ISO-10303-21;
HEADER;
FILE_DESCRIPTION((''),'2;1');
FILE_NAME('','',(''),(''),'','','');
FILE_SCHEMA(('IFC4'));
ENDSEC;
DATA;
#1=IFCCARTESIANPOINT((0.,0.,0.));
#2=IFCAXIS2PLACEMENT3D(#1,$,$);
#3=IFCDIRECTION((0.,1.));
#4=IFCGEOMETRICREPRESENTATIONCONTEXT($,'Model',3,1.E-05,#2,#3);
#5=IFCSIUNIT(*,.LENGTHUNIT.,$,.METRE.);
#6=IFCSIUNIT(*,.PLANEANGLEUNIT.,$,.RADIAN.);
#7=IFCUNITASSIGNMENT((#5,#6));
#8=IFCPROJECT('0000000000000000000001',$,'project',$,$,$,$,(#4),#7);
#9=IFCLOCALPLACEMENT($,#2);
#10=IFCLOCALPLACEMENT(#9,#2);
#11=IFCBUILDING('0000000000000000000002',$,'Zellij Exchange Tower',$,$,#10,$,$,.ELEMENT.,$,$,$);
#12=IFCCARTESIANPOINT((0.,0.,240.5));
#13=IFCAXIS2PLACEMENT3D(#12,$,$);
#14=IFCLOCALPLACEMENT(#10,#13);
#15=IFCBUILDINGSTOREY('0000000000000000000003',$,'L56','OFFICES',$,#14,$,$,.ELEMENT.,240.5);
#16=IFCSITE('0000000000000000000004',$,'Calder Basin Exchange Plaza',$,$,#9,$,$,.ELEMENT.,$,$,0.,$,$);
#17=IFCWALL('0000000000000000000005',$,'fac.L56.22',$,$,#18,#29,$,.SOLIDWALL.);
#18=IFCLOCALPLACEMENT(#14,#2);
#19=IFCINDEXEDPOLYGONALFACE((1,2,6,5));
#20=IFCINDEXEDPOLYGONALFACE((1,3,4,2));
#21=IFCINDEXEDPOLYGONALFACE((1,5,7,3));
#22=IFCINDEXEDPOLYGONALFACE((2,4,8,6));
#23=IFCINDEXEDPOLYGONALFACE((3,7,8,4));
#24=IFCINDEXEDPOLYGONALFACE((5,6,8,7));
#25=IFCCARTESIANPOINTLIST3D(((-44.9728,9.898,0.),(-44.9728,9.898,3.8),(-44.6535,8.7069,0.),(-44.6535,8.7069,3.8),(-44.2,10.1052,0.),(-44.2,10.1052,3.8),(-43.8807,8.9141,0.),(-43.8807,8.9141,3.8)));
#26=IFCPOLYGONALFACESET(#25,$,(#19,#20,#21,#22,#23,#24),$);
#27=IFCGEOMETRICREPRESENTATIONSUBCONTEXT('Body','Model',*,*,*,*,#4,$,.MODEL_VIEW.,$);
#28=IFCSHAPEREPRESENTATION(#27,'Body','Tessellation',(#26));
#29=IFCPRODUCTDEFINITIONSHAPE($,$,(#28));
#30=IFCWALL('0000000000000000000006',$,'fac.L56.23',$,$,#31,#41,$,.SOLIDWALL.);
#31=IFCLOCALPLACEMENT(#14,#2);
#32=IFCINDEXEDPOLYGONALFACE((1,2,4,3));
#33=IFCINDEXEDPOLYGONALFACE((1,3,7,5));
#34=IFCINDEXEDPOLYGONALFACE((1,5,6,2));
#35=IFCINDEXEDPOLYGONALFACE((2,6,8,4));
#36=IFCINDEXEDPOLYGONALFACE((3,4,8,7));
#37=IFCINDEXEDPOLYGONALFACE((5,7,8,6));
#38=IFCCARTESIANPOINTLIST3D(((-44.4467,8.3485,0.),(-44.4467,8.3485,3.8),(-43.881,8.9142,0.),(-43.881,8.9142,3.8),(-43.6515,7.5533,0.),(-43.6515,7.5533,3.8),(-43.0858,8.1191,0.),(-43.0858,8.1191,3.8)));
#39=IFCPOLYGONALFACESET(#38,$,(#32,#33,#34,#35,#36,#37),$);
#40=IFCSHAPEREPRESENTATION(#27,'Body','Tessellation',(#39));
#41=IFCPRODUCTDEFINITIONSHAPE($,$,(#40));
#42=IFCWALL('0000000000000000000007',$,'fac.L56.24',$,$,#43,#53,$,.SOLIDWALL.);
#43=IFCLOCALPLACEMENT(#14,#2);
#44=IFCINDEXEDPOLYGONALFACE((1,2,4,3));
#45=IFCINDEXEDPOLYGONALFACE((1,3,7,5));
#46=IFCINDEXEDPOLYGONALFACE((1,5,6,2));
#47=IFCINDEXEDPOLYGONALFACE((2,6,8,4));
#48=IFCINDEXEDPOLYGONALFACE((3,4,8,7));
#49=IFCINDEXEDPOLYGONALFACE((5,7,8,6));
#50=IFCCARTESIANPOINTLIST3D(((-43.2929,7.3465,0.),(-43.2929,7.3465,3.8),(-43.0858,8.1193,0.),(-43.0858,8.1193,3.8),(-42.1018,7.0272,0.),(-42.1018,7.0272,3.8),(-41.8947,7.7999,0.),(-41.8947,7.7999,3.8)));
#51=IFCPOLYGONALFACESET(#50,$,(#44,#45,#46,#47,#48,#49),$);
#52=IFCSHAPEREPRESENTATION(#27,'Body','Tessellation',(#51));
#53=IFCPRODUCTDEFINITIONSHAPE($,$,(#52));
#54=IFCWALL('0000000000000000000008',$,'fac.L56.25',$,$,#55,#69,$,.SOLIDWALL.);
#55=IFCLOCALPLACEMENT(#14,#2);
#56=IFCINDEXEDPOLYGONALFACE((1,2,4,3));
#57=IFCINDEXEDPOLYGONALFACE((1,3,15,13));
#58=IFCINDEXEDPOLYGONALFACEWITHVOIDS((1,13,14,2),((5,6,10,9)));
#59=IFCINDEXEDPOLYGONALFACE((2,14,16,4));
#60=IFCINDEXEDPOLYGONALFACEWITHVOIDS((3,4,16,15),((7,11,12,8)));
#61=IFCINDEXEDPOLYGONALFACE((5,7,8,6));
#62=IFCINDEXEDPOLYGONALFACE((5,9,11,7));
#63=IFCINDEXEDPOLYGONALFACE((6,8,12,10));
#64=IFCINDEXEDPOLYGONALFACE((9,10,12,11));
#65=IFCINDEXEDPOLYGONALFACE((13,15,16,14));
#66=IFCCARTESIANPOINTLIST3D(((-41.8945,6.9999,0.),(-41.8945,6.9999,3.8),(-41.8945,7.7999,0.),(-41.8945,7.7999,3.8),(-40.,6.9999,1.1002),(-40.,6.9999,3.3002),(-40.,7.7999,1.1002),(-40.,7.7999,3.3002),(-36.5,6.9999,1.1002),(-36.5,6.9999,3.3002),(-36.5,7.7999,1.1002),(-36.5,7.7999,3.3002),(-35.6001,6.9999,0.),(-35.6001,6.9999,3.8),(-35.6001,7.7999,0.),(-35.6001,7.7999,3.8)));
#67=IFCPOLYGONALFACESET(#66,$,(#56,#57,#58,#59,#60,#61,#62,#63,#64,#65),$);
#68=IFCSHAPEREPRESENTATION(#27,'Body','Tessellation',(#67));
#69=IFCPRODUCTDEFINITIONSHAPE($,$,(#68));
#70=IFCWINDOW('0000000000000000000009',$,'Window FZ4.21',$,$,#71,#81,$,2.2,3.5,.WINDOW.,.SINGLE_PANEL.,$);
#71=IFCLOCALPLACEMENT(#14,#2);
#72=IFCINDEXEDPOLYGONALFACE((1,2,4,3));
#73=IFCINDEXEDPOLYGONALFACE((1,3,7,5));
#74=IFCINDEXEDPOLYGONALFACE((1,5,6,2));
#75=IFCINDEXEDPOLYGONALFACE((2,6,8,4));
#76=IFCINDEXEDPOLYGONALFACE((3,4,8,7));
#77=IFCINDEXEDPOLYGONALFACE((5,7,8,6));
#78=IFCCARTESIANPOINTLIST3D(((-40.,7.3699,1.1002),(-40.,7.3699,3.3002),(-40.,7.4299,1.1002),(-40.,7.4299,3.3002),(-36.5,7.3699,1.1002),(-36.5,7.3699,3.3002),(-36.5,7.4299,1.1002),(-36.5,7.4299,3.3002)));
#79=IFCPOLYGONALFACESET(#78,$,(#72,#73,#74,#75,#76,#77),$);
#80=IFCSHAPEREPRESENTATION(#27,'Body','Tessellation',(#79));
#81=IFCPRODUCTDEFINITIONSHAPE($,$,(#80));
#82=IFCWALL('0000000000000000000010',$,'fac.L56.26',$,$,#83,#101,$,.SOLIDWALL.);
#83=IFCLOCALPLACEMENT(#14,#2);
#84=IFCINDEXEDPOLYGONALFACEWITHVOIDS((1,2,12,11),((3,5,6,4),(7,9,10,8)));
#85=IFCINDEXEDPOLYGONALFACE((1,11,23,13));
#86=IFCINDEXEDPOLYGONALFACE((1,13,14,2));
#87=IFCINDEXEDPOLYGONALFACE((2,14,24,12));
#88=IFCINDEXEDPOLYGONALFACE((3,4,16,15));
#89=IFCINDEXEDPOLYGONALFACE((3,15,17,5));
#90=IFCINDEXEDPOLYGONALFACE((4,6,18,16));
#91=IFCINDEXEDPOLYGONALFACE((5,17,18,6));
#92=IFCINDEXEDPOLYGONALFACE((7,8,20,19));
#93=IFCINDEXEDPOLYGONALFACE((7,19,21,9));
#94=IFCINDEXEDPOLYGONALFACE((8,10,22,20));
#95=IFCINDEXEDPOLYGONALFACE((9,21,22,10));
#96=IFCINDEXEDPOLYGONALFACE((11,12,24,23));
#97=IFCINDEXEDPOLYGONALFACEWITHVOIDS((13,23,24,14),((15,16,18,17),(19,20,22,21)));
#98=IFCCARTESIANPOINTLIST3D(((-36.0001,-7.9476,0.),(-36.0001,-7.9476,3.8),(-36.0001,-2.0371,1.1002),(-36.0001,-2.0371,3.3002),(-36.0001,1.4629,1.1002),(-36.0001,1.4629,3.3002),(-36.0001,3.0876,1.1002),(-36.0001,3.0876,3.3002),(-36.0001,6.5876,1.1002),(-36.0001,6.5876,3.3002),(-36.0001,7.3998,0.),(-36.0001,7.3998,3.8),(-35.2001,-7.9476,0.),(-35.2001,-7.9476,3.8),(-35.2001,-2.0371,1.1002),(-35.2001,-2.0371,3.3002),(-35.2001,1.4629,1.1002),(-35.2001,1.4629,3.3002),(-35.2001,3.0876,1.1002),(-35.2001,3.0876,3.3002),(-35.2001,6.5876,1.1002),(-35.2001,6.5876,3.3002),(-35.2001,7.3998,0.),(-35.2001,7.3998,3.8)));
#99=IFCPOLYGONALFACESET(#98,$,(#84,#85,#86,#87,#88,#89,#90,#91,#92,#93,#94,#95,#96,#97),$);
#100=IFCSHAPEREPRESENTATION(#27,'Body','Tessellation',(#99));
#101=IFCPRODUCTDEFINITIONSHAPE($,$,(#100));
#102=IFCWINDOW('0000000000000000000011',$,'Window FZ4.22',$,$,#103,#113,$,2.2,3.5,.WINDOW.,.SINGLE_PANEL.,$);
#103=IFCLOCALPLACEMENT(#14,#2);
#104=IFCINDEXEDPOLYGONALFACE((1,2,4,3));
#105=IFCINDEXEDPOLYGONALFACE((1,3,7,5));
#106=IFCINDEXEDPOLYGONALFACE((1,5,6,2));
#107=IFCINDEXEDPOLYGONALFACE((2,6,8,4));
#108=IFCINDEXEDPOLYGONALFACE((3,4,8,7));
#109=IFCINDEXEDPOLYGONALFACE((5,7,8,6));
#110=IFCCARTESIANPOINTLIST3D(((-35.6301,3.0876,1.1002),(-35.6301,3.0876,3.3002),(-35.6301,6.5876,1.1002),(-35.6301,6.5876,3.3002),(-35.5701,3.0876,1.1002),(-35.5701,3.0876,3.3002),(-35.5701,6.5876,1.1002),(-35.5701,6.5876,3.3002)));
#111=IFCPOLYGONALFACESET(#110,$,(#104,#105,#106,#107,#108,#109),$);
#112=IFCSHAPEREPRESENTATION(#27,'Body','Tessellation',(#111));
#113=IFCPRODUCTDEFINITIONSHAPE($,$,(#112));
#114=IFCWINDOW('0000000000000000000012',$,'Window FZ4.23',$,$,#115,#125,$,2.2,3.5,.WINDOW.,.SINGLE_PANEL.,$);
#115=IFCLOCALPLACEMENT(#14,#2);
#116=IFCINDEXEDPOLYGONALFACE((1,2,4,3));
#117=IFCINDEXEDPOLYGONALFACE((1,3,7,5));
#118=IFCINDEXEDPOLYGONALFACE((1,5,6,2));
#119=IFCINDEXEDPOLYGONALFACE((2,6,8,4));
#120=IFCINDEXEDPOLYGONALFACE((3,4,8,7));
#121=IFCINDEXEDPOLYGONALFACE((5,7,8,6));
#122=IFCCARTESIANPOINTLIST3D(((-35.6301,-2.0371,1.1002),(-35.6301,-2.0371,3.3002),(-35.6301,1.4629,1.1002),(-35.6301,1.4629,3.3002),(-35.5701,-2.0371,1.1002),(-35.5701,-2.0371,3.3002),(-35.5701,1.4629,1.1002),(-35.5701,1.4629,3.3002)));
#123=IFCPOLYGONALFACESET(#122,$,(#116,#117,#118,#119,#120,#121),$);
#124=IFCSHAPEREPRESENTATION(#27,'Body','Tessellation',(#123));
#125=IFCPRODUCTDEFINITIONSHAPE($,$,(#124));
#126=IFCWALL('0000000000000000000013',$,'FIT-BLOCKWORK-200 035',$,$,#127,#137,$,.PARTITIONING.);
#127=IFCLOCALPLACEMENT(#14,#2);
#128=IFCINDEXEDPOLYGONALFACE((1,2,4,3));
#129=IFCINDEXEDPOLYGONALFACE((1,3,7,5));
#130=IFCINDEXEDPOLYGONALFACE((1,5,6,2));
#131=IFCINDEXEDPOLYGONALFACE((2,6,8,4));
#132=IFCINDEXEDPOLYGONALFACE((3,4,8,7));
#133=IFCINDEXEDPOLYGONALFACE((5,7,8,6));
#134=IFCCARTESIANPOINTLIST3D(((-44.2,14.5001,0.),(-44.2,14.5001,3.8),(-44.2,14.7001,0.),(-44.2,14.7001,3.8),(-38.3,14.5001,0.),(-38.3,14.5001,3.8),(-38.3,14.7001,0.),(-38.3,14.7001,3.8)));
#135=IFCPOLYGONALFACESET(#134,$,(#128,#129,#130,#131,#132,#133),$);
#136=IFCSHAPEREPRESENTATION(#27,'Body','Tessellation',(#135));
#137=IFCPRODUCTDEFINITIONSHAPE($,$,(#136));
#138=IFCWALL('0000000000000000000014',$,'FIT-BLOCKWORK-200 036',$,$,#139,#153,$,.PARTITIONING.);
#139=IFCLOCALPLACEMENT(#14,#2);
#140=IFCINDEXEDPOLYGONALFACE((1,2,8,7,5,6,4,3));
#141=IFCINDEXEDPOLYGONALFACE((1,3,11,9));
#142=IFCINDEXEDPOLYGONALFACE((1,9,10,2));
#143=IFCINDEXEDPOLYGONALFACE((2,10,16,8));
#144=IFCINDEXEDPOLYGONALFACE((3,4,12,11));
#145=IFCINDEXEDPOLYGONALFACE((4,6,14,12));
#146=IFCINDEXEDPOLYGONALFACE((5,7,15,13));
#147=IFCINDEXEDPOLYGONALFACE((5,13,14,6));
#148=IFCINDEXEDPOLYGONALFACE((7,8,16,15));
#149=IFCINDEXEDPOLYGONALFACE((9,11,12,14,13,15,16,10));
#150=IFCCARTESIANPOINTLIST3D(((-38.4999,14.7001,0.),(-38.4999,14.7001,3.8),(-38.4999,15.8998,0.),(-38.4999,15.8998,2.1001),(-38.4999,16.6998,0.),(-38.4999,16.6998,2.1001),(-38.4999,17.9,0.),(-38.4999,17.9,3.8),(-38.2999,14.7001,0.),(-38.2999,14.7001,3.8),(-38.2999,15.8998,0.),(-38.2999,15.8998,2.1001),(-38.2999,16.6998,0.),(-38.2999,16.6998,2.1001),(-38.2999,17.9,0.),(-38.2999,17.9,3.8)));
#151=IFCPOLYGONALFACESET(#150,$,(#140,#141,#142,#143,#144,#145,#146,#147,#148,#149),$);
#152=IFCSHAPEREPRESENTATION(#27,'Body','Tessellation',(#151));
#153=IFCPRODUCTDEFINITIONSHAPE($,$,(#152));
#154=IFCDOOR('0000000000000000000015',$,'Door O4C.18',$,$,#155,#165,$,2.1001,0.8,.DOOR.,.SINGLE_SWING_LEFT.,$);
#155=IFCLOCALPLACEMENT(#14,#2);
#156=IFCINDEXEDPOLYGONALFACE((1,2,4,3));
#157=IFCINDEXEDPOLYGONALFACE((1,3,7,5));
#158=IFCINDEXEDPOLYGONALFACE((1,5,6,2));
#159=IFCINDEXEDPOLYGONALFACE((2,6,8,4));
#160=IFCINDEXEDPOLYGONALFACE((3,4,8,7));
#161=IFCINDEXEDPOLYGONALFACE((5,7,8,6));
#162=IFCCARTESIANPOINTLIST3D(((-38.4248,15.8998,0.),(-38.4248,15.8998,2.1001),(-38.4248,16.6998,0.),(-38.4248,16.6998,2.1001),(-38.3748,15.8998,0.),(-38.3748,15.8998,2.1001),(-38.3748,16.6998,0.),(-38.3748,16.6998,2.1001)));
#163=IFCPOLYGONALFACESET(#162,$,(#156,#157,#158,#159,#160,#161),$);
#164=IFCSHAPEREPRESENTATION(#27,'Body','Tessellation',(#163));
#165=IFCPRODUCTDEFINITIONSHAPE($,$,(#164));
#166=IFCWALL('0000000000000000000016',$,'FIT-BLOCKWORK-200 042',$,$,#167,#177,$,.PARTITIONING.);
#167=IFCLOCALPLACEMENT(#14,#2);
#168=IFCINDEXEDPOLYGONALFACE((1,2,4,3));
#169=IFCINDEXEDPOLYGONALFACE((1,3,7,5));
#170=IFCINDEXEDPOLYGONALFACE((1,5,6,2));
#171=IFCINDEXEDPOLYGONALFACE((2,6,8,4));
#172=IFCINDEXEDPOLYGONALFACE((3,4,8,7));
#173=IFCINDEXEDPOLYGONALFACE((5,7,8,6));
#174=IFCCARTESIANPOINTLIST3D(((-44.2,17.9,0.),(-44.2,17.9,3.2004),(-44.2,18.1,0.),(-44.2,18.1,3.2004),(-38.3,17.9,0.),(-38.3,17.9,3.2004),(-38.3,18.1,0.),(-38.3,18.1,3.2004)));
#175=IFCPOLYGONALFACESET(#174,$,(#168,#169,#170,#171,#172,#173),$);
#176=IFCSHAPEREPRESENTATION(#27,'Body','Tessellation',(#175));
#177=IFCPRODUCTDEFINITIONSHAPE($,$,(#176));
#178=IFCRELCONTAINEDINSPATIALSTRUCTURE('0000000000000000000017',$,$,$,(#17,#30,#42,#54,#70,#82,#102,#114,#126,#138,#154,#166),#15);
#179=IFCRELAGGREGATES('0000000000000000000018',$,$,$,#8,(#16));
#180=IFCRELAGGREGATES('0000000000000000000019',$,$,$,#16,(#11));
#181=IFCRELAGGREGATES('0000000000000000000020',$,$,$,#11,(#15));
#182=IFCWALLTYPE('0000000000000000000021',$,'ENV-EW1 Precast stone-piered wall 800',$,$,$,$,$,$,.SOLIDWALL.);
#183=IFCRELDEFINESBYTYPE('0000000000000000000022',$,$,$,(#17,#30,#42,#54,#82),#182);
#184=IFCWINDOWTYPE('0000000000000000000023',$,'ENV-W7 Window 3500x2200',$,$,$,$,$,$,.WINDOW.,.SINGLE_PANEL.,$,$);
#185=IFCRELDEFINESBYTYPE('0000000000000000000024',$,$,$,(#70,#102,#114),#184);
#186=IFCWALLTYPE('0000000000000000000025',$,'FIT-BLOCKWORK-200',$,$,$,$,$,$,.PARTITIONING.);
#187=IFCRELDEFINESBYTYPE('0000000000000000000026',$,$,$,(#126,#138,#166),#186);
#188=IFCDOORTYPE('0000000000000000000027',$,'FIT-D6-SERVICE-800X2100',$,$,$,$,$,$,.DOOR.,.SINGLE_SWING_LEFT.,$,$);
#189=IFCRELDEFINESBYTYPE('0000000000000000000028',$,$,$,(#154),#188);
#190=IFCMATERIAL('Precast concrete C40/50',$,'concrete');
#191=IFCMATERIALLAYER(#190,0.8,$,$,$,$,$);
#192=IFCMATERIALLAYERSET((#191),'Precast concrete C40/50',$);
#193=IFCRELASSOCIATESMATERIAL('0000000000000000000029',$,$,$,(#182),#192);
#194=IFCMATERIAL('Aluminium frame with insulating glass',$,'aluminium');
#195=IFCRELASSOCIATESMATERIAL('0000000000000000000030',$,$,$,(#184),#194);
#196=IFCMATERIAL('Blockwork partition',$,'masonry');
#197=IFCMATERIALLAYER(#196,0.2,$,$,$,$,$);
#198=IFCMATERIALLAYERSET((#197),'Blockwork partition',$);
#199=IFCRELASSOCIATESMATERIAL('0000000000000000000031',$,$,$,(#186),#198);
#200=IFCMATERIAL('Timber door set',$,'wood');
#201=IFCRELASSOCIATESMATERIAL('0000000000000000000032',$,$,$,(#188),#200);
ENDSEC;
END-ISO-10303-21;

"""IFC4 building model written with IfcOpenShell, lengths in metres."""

from ifc_helpers import new_model, si_unit, direction, frame, frame_2d, origin, place, context, subcontext, project, spatial, rectangle, extrude, material, layer, layer_set, type_object, element, fill, save


model = new_model("IFC4")

# Units and contexts
model_context = context("Model", 3, precision=1e-05, world=origin(), true_north=direction((0.0, 1.0)))
body_context = subcontext(model_context, "Body", "Model", "MODEL_VIEW")
ifc_project = project(units=[si_unit("LENGTHUNIT", "METRE"), si_unit("PLANEANGLEUNIT", "RADIAN")], contexts=[model_context])

# Site, building, storey
site_placement = place(None, origin())
site = spatial("IfcSite", under=ifc_project, at=site_placement, Name="Calder Basin Exchange Plaza", CompositionType="ELEMENT", RefElevation=0.0)
building_placement = place(site_placement, origin())
building = spatial("IfcBuilding", under=site, at=building_placement, Name="Zellij Exchange Tower", CompositionType="ELEMENT")
storey_placement = place(building_placement, frame((0.0, 0.0, 240.5)))
storey = spatial("IfcBuildingStorey", under=building, at=storey_placement, Name="L56", Description="OFFICES", CompositionType="ELEMENT", Elevation=240.5)

# Walls
ifc_material_1 = material(Name="Precast concrete C40/50", Category="concrete")
ifc_layer_1 = layer(ifc_material_1, 0.8)
ifc_layer_set_1 = layer_set([ifc_layer_1], Name="Precast concrete C40/50")
wall_type_1 = type_object("IfcWallType", Name="ENV-EW1 Precast stone-piered wall 800", PredefinedType="SOLIDWALL", material=ifc_layer_set_1)
wall_1_placement = place(storey_placement, frame((-44.5864, 10.0017, 0.0), z_axis=(0.0, 0.0, 1.0), x_axis=(0.258944, -0.965892, 0.0)))
element("IfcWall", 1, at=wall_1_placement, inside=storey, type_object=wall_type_1, Name="fac.L56.22", PredefinedType="SOLIDWALL", context=body_context, shape_type="SweptSolid", body=[
    extrude(rectangle(XDim=1.2332, YDim=0.8, at=frame_2d((0.6167, 0.0))), origin(), (0.0, 0.0, 1.0), 3.8),
])
wall_2_placement = place(storey_placement, frame((-44.1638, 8.6313, 0.0), z_axis=(0.0, 0.0, 1.0), x_axis=(0.707107, -0.707107, 0.0)))
element("IfcWall", 2, at=wall_2_placement, inside=storey, type_object=wall_type_1, Name="fac.L56.23", PredefinedType="SOLIDWALL", context=body_context, shape_type="SweptSolid", body=[
    extrude(rectangle(XDim=1.1245, YDim=0.8, at=frame_2d((0.5623, 0.0))), origin(), (0.0, 0.0, 1.0), 3.8),
])
wall_3_placement = place(storey_placement, frame((-43.1895, 7.7329, 0.0), z_axis=(0.0, 0.0, 1.0), x_axis=(0.965892, -0.258944, 0.0)))
element("IfcWall", 3, at=wall_3_placement, inside=storey, type_object=wall_type_1, Name="fac.L56.24", PredefinedType="SOLIDWALL", context=body_context, shape_type="SweptSolid", body=[
    extrude(rectangle(XDim=1.2332, YDim=0.8, at=frame_2d((0.6167, 0.0))), origin(), (0.0, 0.0, 1.0), 3.8),
])

# Wall, opening, window
wall_4_placement = place(storey_placement, frame((-41.8945, 7.3999, 0.0), z_axis=(0.0, 0.0, 1.0), x_axis=(1.0, 0.0, 0.0)))
wall_4 = element("IfcWall", 4, at=wall_4_placement, inside=storey, type_object=wall_type_1, Name="fac.L56.25", PredefinedType="SOLIDWALL", context=body_context, shape_type="SweptSolid", body=[
    extrude(rectangle(XDim=6.2944, YDim=0.8, at=frame_2d((3.1472, 0.0))), origin(), (0.0, 0.0, 1.0), 3.8),
])
opening_1_placement = place(wall_4_placement, frame((1.8945, 0.0, 1.1001)))
opening_1 = element("IfcOpeningElement", 5, at=opening_1_placement, cuts=wall_4, PredefinedType="OPENING", context=body_context, shape_type="SweptSolid", body=[
    extrude(rectangle(XDim=3.5, YDim=2.2, at=frame_2d((1.75, 1.1001))), frame((0.0, 0.4121, 0.0), z_axis=(0.0, -1.0, 0.0), x_axis=(1.0, 0.0, 0.0)), (0.0, 0.0, 1.0), 0.824),
])
ifc_material_2 = material(Name="Aluminium frame with insulating glass", Category="aluminium")
window_type = type_object("IfcWindowType", Name="ENV-W7 Window 3500x2200", PartitioningType="SINGLE_PANEL", PredefinedType="WINDOW", material=ifc_material_2)
window_1_placement = place(opening_1_placement, origin())
window_1 = element("IfcWindow", 6, at=window_1_placement, inside=storey, type_object=window_type, Name="Window FZ4.21", OverallHeight=2.2, OverallWidth=3.5, PartitioningType="SINGLE_PANEL", PredefinedType="WINDOW", context=body_context, shape_type="SweptSolid", body=[
    extrude(rectangle(XDim=3.5, YDim=2.2, at=frame_2d((1.75, 1.1001))), frame((0.0, 0.03, 0.0), z_axis=(0.0, -1.0, 0.0), x_axis=(1.0, 0.0, 0.0)), (0.0, 0.0, 1.0), 0.0601),
])
fill(opening_1, window_1)

# Wall, openings, windows
wall_5_placement = place(storey_placement, frame((-35.6001, 7.3999, 0.0), z_axis=(0.0, 0.0, 1.0), x_axis=(0.0, -1.0, 0.0)))
wall_5 = element("IfcWall", 7, at=wall_5_placement, inside=storey, type_object=wall_type_1, Name="fac.L56.26", PredefinedType="SOLIDWALL", context=body_context, shape_type="SweptSolid", body=[
    extrude(rectangle(XDim=15.3474, YDim=0.8, at=frame_2d((7.6738, 0.0))), origin(), (0.0, 0.0, 1.0), 3.8),
])
opening_2_placement = place(wall_5_placement, frame((0.8123, 0.0, 1.1001)))
opening_2 = element("IfcOpeningElement", 8, at=opening_2_placement, cuts=wall_5, PredefinedType="OPENING", context=body_context, shape_type="SweptSolid", body=[
    extrude(rectangle(XDim=3.5, YDim=2.2, at=frame_2d((1.75, 1.1001))), frame((0.0, 0.4121, 0.0), z_axis=(0.0, -1.0, 0.0), x_axis=(1.0, 0.0, 0.0)), (0.0, 0.0, 1.0), 0.824),
])
opening_3_placement = place(wall_5_placement, frame((5.937, 0.0, 1.1001)))
opening_3 = element("IfcOpeningElement", 9, at=opening_3_placement, cuts=wall_5, PredefinedType="OPENING", context=body_context, shape_type="SweptSolid", body=[
    extrude(rectangle(XDim=3.5, YDim=2.2, at=frame_2d((1.75, 1.1001))), frame((0.0, 0.4121, 0.0), z_axis=(0.0, -1.0, 0.0), x_axis=(1.0, 0.0, 0.0)), (0.0, 0.0, 1.0), 0.824),
])
window_2_placement = place(opening_2_placement, origin())
window_2 = element("IfcWindow", 10, at=window_2_placement, inside=storey, type_object=window_type, Name="Window FZ4.22", OverallHeight=2.2, OverallWidth=3.5, PartitioningType="SINGLE_PANEL", PredefinedType="WINDOW", context=body_context, shape_type="SweptSolid", body=[
    extrude(rectangle(XDim=3.5, YDim=2.2, at=frame_2d((1.75, 1.1001))), frame((0.0, 0.03, 0.0), z_axis=(0.0, -1.0, 0.0), x_axis=(1.0, 0.0, 0.0)), (0.0, 0.0, 1.0), 0.0601),
])
fill(opening_2, window_2)
window_3_placement = place(opening_3_placement, origin())
window_3 = element("IfcWindow", 11, at=window_3_placement, inside=storey, type_object=window_type, Name="Window FZ4.23", OverallHeight=2.2, OverallWidth=3.5, PartitioningType="SINGLE_PANEL", PredefinedType="WINDOW", context=body_context, shape_type="SweptSolid", body=[
    extrude(rectangle(XDim=3.5, YDim=2.2, at=frame_2d((1.75, 1.1001))), frame((0.0, 0.03, 0.0), z_axis=(0.0, -1.0, 0.0), x_axis=(1.0, 0.0, 0.0)), (0.0, 0.0, 1.0), 0.0601),
])
fill(opening_3, window_3)

# Wall
ifc_material_3 = material(Name="Blockwork partition", Category="masonry")
ifc_layer_2 = layer(ifc_material_3, 0.2)
ifc_layer_set_2 = layer_set([ifc_layer_2], Name="Blockwork partition")
wall_type_2 = type_object("IfcWallType", Name="FIT-BLOCKWORK-200", PredefinedType="PARTITIONING", material=ifc_layer_set_2)
wall_6_placement = place(storey_placement, frame((-44.2, 14.6001, 0.0), z_axis=(0.0, 0.0, 1.0), x_axis=(1.0, 0.0, 0.0)))
element("IfcWall", 12, at=wall_6_placement, inside=storey, type_object=wall_type_2, Name="FIT-BLOCKWORK-200 035", PredefinedType="PARTITIONING", context=body_context, shape_type="SweptSolid", body=[
    extrude(rectangle(XDim=5.8999, YDim=0.2, at=frame_2d((2.95, 0.0))), origin(), (0.0, 0.0, 1.0), 3.8),
])

# Wall, opening, door
wall_7_placement = place(storey_placement, frame((-38.3999, 14.7, 0.0), z_axis=(0.0, 0.0, 1.0), x_axis=(0.0, 1.0, 0.0)))
wall_7 = element("IfcWall", 13, at=wall_7_placement, inside=storey, type_object=wall_type_2, Name="FIT-BLOCKWORK-200 036", PredefinedType="PARTITIONING", context=body_context, shape_type="SweptSolid", body=[
    extrude(rectangle(XDim=3.2, YDim=0.2, at=frame_2d((1.6001, 0.0))), origin(), (0.0, 0.0, 1.0), 3.8),
])
opening_4_placement = place(wall_7_placement, frame((1.2, 0.0, 0.0)))
opening_4 = element("IfcOpeningElement", 14, at=opening_4_placement, cuts=wall_7, PredefinedType="OPENING", context=body_context, shape_type="SweptSolid", body=[
    extrude(rectangle(XDim=0.8, YDim=2.1001, at=frame_2d((0.3999, 1.05))), frame((0.0, 0.1118, 0.0), z_axis=(0.0, -1.0, 0.0), x_axis=(1.0, 0.0, 0.0)), (0.0, 0.0, 1.0), 0.2239),
])
ifc_material_4 = material(Name="Timber door set", Category="wood")
door_type_1 = type_object("IfcDoorType", Name="FIT-D6-SERVICE-800X2100", OperationType="SINGLE_SWING_LEFT", PredefinedType="DOOR", material=ifc_material_4)
door_1_placement = place(opening_4_placement, origin())
door_1 = element("IfcDoor", 15, at=door_1_placement, inside=storey, type_object=door_type_1, Name="Door O4C.18", OperationType="SINGLE_SWING_LEFT", OverallHeight=2.1001, OverallWidth=0.8, PredefinedType="DOOR", context=body_context, shape_type="SweptSolid", body=[
    extrude(rectangle(XDim=0.8, YDim=2.1001, at=frame_2d((0.3999, 1.05))), frame((0.0, 0.0249, 0.0), z_axis=(0.0, -1.0, 0.0), x_axis=(1.0, 0.0, 0.0)), (0.0, 0.0, 1.0), 0.05),
])
fill(opening_4, door_1)

# Wall
wall_8_placement = place(storey_placement, frame((-44.2, 18.0, 0.0), z_axis=(0.0, 0.0, 1.0), x_axis=(1.0, 0.0, 0.0)))
element("IfcWall", 16, at=wall_8_placement, inside=storey, type_object=wall_type_2, Name="FIT-BLOCKWORK-200 042", PredefinedType="PARTITIONING", context=body_context, shape_type="SweptSolid", body=[
    extrude(rectangle(XDim=5.8999, YDim=0.2, at=frame_2d((2.95, 0.0))), origin(), (0.0, 0.0, 1.0), 3.2004),
])

save(model, "model.ifc")
